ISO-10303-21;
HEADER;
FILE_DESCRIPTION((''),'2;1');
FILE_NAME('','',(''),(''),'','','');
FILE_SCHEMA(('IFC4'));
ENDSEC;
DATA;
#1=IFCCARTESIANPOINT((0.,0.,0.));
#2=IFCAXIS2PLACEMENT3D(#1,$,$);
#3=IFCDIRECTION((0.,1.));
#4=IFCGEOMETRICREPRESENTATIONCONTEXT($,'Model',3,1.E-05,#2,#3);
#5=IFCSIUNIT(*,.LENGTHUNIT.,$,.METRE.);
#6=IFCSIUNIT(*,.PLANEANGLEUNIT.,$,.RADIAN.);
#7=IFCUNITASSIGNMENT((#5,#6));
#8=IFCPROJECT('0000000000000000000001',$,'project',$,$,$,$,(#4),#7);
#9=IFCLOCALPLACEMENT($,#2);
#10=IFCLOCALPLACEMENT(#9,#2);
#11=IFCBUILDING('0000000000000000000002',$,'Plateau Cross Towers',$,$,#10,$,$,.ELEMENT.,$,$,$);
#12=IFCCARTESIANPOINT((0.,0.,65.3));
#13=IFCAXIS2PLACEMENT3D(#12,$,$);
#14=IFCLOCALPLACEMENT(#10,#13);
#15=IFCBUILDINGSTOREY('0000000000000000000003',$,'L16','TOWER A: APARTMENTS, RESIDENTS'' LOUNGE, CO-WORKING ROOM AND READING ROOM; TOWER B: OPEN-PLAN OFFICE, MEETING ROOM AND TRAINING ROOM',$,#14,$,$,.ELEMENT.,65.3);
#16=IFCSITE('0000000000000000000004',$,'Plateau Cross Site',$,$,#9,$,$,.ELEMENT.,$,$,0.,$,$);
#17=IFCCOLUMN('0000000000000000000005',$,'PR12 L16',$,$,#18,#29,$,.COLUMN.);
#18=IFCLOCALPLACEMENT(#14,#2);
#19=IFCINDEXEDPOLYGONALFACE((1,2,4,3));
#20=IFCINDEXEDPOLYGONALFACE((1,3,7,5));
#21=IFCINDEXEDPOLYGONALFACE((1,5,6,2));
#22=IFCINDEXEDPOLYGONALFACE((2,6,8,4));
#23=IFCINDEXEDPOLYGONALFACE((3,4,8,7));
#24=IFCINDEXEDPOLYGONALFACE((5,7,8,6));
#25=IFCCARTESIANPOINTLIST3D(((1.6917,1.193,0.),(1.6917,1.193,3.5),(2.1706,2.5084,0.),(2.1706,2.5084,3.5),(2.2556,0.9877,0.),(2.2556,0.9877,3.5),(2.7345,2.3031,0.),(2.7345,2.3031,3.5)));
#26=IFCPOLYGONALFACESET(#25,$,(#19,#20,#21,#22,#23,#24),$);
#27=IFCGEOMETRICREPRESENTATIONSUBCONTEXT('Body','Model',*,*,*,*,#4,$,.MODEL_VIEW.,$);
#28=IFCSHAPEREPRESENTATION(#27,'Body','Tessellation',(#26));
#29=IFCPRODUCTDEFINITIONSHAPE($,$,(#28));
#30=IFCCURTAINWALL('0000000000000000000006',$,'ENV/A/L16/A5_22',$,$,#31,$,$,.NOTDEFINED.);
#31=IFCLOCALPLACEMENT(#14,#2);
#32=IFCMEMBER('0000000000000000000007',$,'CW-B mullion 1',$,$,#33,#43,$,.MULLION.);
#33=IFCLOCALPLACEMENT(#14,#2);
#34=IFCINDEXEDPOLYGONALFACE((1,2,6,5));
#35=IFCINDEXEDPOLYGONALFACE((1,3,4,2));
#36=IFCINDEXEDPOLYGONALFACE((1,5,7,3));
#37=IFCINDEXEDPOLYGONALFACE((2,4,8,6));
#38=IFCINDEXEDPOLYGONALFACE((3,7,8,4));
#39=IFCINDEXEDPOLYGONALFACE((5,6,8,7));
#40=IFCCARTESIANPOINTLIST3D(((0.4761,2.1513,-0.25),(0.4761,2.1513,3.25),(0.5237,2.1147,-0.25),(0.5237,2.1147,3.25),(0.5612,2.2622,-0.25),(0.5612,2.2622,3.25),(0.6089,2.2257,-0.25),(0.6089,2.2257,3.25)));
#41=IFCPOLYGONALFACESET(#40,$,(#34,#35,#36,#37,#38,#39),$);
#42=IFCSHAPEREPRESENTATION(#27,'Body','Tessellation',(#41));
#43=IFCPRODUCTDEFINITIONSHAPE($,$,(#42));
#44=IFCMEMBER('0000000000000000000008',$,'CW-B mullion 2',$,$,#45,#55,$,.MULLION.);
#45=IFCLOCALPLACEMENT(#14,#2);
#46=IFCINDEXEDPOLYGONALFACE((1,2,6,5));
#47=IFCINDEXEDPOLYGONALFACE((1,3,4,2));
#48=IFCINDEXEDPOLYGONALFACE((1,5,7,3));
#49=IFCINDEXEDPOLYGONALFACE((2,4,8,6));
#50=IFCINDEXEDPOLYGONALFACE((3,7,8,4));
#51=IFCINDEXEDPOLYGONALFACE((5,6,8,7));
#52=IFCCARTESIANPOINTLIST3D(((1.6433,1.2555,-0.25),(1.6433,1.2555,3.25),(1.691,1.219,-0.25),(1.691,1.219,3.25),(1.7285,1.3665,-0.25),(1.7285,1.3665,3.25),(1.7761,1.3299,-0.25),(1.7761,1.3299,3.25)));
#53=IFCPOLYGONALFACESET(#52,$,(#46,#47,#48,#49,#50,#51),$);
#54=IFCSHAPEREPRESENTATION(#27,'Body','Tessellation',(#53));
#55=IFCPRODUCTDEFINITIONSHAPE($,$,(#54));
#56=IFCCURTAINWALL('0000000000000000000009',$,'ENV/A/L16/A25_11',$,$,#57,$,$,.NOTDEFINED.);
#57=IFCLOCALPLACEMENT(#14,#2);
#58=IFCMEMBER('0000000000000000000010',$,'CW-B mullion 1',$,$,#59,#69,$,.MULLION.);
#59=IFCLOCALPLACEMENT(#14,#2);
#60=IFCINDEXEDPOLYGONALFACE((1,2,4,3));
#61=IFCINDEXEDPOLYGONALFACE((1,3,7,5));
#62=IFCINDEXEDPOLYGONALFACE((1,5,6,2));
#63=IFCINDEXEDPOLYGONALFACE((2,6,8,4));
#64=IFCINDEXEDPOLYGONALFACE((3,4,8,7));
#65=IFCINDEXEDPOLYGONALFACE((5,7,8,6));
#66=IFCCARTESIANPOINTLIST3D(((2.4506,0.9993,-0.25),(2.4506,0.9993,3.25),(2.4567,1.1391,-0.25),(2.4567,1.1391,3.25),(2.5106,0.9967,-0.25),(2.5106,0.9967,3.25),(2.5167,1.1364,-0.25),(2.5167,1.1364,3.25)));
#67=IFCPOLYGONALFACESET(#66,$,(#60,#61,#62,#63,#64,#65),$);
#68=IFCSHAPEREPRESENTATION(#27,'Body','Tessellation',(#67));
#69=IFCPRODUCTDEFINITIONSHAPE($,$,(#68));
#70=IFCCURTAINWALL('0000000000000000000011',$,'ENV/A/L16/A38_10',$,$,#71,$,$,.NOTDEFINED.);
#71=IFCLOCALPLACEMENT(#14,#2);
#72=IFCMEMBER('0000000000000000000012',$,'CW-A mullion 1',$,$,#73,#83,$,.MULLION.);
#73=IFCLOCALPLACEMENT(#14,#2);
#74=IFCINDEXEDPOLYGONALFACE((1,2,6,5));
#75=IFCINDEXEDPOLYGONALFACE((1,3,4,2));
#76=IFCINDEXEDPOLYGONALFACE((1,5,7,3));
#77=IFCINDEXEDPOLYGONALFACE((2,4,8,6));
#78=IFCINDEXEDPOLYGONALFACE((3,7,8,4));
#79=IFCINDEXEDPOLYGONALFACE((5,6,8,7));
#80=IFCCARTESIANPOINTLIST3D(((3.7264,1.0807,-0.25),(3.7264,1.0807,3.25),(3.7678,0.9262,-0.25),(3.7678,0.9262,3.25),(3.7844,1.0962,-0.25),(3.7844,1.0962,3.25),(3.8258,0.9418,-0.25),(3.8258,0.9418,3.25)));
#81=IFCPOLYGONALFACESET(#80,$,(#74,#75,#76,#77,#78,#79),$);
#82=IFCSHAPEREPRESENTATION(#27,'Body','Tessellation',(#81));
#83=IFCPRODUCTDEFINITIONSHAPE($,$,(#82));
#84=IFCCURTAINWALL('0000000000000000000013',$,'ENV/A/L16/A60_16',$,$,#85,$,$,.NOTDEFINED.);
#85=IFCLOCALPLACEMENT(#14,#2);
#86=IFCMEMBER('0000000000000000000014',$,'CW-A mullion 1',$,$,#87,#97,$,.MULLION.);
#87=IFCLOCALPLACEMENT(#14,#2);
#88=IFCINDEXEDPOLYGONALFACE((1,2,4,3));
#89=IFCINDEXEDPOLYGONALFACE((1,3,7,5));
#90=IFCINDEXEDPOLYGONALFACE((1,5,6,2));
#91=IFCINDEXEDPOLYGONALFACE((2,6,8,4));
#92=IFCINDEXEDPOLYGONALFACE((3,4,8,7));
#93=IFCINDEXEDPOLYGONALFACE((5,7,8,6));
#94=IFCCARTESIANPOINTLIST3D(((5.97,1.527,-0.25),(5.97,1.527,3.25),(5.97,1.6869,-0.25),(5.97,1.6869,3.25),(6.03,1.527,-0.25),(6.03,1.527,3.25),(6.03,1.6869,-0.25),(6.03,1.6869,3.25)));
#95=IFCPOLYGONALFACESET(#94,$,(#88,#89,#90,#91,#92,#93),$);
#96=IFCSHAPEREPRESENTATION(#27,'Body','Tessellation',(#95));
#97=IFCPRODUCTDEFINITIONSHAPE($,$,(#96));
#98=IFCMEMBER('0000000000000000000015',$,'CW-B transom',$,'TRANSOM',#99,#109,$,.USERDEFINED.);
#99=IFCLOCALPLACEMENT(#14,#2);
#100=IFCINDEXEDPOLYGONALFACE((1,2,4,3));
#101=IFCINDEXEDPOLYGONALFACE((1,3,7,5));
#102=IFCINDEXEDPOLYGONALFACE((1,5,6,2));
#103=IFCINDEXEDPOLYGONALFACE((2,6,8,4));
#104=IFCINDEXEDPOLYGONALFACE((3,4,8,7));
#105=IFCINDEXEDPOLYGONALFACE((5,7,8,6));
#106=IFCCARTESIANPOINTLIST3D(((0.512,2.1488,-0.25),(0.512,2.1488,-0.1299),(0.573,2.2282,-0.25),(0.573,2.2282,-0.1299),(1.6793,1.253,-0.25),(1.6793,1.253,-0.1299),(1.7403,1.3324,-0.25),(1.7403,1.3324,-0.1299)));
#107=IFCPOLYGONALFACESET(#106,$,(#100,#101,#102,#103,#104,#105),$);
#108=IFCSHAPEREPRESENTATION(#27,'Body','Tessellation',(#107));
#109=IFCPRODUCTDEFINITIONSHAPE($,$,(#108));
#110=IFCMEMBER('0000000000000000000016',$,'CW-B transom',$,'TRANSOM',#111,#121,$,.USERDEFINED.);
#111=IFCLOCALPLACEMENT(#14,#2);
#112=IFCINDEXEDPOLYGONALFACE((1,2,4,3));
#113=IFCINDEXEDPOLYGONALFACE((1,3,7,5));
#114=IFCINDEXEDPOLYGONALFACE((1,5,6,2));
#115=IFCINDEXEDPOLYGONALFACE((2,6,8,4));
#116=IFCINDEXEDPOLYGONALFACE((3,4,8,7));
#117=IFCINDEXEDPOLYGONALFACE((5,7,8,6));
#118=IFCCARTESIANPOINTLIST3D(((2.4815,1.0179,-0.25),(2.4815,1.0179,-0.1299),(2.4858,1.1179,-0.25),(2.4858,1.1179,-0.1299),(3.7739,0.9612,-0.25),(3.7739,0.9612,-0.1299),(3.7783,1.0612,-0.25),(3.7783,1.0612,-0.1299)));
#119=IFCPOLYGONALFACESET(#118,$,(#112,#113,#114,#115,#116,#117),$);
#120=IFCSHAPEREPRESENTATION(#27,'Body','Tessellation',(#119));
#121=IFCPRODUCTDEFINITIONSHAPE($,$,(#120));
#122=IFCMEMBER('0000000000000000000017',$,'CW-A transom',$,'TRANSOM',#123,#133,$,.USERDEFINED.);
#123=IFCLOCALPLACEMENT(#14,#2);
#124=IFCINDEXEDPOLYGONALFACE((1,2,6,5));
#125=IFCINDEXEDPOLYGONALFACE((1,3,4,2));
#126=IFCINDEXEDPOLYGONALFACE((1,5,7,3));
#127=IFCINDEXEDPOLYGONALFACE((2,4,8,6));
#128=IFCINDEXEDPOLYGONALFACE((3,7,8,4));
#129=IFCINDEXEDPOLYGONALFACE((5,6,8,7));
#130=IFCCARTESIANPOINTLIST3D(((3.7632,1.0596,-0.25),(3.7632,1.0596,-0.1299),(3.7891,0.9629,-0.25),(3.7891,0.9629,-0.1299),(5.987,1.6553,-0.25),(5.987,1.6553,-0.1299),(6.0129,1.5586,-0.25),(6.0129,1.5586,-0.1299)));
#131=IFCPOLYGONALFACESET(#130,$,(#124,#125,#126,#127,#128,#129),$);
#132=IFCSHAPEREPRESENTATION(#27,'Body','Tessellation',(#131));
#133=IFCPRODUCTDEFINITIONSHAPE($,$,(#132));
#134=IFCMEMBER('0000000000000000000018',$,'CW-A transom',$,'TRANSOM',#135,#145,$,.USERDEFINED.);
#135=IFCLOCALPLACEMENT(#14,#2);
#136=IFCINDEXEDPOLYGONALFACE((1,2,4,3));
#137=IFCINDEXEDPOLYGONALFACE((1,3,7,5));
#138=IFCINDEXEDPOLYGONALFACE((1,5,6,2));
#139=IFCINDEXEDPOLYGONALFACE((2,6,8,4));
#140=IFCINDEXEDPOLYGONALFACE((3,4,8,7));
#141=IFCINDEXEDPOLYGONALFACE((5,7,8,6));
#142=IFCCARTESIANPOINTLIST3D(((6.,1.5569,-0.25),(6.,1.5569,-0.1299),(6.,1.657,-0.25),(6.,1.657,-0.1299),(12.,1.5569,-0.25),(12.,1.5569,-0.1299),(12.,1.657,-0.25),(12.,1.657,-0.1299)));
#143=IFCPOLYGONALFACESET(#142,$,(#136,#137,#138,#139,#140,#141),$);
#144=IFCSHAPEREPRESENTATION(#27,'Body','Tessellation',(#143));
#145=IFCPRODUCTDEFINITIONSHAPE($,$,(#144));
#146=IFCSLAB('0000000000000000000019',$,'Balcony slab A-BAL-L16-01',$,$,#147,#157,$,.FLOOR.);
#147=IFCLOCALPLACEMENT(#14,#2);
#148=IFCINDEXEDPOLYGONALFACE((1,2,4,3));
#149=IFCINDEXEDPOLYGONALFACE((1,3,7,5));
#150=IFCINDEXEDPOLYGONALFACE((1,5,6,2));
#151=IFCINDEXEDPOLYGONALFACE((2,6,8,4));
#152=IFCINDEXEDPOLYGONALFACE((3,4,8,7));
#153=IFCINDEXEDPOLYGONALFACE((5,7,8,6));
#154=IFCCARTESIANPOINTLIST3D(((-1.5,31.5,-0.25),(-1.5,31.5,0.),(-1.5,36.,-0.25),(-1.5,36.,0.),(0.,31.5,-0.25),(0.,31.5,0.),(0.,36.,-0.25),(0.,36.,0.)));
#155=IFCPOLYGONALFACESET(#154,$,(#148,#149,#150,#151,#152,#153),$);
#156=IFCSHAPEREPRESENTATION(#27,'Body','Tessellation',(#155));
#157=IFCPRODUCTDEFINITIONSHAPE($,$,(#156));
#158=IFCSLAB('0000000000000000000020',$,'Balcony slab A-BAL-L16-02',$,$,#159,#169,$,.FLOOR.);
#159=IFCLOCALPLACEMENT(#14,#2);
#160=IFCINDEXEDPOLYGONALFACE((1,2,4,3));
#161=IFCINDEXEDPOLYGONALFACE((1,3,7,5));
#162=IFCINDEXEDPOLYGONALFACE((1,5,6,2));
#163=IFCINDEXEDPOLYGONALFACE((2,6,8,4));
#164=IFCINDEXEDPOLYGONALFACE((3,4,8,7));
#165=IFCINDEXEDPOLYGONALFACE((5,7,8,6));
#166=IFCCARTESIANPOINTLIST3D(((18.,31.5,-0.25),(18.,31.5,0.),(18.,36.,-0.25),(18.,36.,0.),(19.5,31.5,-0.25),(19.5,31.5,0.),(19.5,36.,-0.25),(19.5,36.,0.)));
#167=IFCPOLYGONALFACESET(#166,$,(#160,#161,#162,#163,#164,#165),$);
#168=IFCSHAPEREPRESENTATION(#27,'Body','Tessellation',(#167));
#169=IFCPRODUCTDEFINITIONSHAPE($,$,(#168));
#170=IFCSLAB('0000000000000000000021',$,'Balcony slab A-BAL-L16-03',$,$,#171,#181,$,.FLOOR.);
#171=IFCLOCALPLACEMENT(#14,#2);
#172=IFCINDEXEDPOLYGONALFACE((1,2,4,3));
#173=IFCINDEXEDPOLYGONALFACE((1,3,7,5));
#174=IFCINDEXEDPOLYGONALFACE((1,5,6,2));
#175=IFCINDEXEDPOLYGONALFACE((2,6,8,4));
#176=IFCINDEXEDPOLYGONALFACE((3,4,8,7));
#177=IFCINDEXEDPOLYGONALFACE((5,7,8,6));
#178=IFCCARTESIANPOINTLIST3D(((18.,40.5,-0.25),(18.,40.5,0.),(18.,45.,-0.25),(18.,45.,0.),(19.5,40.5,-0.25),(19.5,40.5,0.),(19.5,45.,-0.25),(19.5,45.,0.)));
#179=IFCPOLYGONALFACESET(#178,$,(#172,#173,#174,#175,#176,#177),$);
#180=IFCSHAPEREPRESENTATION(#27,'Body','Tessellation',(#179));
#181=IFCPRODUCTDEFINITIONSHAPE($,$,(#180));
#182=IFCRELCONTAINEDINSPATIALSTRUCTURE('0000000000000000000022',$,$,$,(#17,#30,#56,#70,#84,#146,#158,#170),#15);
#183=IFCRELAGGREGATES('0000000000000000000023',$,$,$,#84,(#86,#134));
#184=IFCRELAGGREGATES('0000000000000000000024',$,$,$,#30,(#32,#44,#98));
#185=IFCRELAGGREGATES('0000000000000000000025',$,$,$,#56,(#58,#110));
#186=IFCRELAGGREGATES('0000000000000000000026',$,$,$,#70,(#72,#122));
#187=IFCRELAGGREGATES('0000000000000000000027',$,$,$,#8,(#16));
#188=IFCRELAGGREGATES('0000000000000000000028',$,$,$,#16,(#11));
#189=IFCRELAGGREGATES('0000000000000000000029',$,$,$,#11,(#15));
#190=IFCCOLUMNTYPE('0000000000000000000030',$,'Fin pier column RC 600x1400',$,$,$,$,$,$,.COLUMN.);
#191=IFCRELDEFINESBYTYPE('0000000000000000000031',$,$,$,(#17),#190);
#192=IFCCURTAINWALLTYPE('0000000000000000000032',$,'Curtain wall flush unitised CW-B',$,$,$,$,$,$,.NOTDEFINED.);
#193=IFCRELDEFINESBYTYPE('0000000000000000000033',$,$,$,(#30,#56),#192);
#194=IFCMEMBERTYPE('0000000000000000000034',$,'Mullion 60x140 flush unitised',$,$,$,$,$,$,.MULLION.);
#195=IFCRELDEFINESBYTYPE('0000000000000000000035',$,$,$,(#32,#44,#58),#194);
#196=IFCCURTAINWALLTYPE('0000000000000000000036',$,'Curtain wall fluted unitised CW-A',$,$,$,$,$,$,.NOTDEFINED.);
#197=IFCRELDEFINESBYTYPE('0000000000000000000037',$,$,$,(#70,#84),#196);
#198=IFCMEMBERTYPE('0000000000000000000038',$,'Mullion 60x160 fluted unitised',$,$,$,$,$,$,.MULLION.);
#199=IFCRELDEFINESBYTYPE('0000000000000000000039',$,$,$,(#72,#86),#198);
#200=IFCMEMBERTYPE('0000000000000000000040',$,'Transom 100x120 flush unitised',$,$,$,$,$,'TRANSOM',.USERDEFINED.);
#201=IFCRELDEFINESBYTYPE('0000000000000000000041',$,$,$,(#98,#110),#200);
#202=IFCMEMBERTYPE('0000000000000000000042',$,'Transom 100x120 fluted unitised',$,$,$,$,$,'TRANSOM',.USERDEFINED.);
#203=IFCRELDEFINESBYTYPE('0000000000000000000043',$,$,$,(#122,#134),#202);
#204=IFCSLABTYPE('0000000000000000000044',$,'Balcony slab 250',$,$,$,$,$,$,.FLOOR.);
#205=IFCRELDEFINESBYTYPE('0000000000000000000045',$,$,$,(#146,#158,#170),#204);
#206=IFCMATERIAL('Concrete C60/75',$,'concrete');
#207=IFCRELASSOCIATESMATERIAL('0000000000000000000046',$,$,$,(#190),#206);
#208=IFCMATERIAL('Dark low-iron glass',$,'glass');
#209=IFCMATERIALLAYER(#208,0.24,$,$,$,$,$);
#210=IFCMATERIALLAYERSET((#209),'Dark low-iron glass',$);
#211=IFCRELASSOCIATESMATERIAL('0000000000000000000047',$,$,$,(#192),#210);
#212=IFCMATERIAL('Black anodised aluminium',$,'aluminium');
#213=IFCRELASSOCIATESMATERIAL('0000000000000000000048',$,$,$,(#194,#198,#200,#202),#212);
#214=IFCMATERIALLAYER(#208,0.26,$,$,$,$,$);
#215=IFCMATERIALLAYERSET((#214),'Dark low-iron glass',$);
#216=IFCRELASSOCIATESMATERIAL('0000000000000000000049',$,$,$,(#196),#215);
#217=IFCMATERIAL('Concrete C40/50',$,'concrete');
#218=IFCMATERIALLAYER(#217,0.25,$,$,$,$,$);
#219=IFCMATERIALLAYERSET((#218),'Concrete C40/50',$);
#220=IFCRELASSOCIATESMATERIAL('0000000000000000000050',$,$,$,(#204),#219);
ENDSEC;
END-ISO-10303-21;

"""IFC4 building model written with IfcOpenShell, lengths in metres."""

from ifc_helpers import new_model, si_unit, direction, frame, origin, origin_2d, place, context, subcontext, project, spatial, polyline, rectangle, outline, extrude, material, layer, layer_set, material_profile, profile_set, type_object, element, aggregate, save


model = new_model("IFC4")

# Units and contexts
model_context = context("Model", 3, precision=1e-05, world=origin(), true_north=direction((0.0, 1.0)))
body_context = subcontext(model_context, "Body", "Model", "MODEL_VIEW")
ifc_project = project(units=[si_unit("LENGTHUNIT", "METRE"), si_unit("PLANEANGLEUNIT", "RADIAN")], contexts=[model_context])

# Site, building, storey
site_placement = place(None, origin())
site = spatial("IfcSite", under=ifc_project, at=site_placement, Name="Plateau Cross Site", CompositionType="ELEMENT", RefElevation=0.0)
building_placement = place(site_placement, origin())
building = spatial("IfcBuilding", under=site, at=building_placement, Name="Plateau Cross Towers", CompositionType="ELEMENT")
storey_placement = place(building_placement, frame((0.0, 0.0, 65.3)))
storey = spatial("IfcBuildingStorey", under=building, at=storey_placement, Name="L16", Description="TOWER A: APARTMENTS, RESIDENTS' LOUNGE, CO-WORKING ROOM AND READING ROOM; TOWER B: OPEN-PLAN OFFICE, MEETING ROOM AND TRAINING ROOM", CompositionType="ELEMENT", Elevation=65.3)

# Column
ifc_material_1 = material(Name="Concrete C60/75", Category="concrete")
ifc_material_profile_1 = material_profile(ifc_material_1, rectangle(XDim=0.6001, YDim=1.3999, at=origin_2d()), Name="RC 600x1400")
ifc_profile_set_1 = profile_set([ifc_material_profile_1], Name="Concrete C60/75")
column_type = type_object("IfcColumnType", Name="Fin pier column RC 600x1400", PredefinedType="COLUMN", material=ifc_profile_set_1)
column_placement = place(storey_placement, frame((2.2131, 1.748, 0.0), z_axis=(0.0, 0.0, 1.0), x_axis=(-0.939664, 0.342098, 0.0)))
element("IfcColumn", 1, at=column_placement, inside=storey, type_object=column_type, Name="PR12 L16", PredefinedType="COLUMN", context=body_context, shape_type="SweptSolid", body=[
    extrude(rectangle(XDim=0.6001, YDim=1.3999, at=origin_2d()), origin(), (0.0, 0.0, 1.0), 3.5),
])

# Curtain wall, members
ifc_material_2 = material(Name="Dark low-iron glass", Category="glass")
ifc_layer_1 = layer(ifc_material_2, 0.24)
ifc_layer_set_1 = layer_set([ifc_layer_1], Name="Dark low-iron glass")
curtain_wall_type_1 = type_object("IfcCurtainWallType", Name="Curtain wall flush unitised CW-B", PredefinedType="NOTDEFINED", material=ifc_layer_set_1)
curtain_wall_1_placement = place(storey_placement, origin())
curtain_wall_1 = element("IfcCurtainWall", 2, at=curtain_wall_1_placement, inside=storey, type_object=curtain_wall_type_1, Name="ENV/A/L16/A5_22", PredefinedType="NOTDEFINED")
ifc_material_3 = material(Name="Black anodised aluminium", Category="aluminium")
ifc_material_profile_2 = material_profile(ifc_material_3, rectangle(XDim=0.0601, YDim=0.1399, at=origin_2d()), Name="MULLION 60x140")
ifc_profile_set_2 = profile_set([ifc_material_profile_2], Name="Black anodised aluminium")
member_type_1 = type_object("IfcMemberType", Name="Mullion 60x140 flush unitised", PredefinedType="MULLION", material=ifc_profile_set_2)
member_1_placement = place(storey_placement, frame((0.5425, 2.1885, -0.25), z_axis=(0.0, 0.0, 1.0), x_axis=(0.793316, -0.608811, 0.0)))
member_1 = element("IfcMember", 3, at=member_1_placement, type_object=member_type_1, Name="CW-B mullion 1", PredefinedType="MULLION", context=body_context, shape_type="SweptSolid", body=[
    extrude(rectangle(XDim=0.0601, YDim=0.1399, at=origin_2d()), origin(), (0.0, 0.0, 1.0), 3.5),
])
member_2_placement = place(storey_placement, frame((1.7097, 1.2927, -0.25), z_axis=(0.0, 0.0, 1.0), x_axis=(0.793316, -0.608811, 0.0)))
member_2 = element("IfcMember", 4, at=member_2_placement, type_object=member_type_1, Name="CW-B mullion 2", PredefinedType="MULLION", context=body_context, shape_type="SweptSolid", body=[
    extrude(rectangle(XDim=0.0601, YDim=0.1399, at=origin_2d()), origin(), (0.0, 0.0, 1.0), 3.5),
])

# Curtain walls, members
curtain_wall_2_placement = place(storey_placement, origin())
curtain_wall_2 = element("IfcCurtainWall", 5, at=curtain_wall_2_placement, inside=storey, type_object=curtain_wall_type_1, Name="ENV/A/L16/A25_11", PredefinedType="NOTDEFINED")
member_3_placement = place(storey_placement, frame((2.4836, 1.0679, -0.25), z_axis=(0.0, 0.0, 1.0), x_axis=(0.999044, -0.043723, 0.0)))
member_3 = element("IfcMember", 6, at=member_3_placement, type_object=member_type_1, Name="CW-B mullion 1", PredefinedType="MULLION", context=body_context, shape_type="SweptSolid", body=[
    extrude(rectangle(XDim=0.0601, YDim=0.1399, at=origin_2d()), origin(), (0.0, 0.0, 1.0), 3.5),
])
ifc_layer_2 = layer(ifc_material_2, 0.26)
ifc_layer_set_2 = layer_set([ifc_layer_2], Name="Dark low-iron glass")
curtain_wall_type_2 = type_object("IfcCurtainWallType", Name="Curtain wall fluted unitised CW-A", PredefinedType="NOTDEFINED", material=ifc_layer_set_2)
curtain_wall_3_placement = place(storey_placement, origin())
curtain_wall_3 = element("IfcCurtainWall", 7, at=curtain_wall_3_placement, inside=storey, type_object=curtain_wall_type_2, Name="ENV/A/L16/A38_10", PredefinedType="NOTDEFINED")
ifc_material_profile_3 = material_profile(ifc_material_3, rectangle(XDim=0.0601, YDim=0.1599, at=origin_2d()), Name="MULLION 60x160")
ifc_profile_set_3 = profile_set([ifc_material_profile_3], Name="Black anodised aluminium")
member_type_2 = type_object("IfcMemberType", Name="Mullion 60x160 fluted unitised", PredefinedType="MULLION", material=ifc_profile_set_3)
member_4_placement = place(storey_placement, frame((3.7761, 1.0112, -0.25), z_axis=(0.0, 0.0, 1.0), x_axis=(0.965958, 0.258699, 0.0)))
member_4 = element("IfcMember", 8, at=member_4_placement, type_object=member_type_2, Name="CW-A mullion 1", PredefinedType="MULLION", context=body_context, shape_type="SweptSolid", body=[
    extrude(rectangle(XDim=0.0601, YDim=0.1599, at=origin_2d()), origin(), (0.0, 0.0, 1.0), 3.5),
])
curtain_wall_4_placement = place(storey_placement, origin())
curtain_wall_4 = element("IfcCurtainWall", 9, at=curtain_wall_4_placement, inside=storey, type_object=curtain_wall_type_2, Name="ENV/A/L16/A60_16", PredefinedType="NOTDEFINED")
member_5_placement = place(storey_placement, frame((6.0, 1.6069, -0.25), z_axis=(0.0, 0.0, 1.0), x_axis=(1.0, 0.0, 0.0)))
member_5 = element("IfcMember", 10, at=member_5_placement, type_object=member_type_2, Name="CW-A mullion 1", PredefinedType="MULLION", context=body_context, shape_type="SweptSolid", body=[
    extrude(rectangle(XDim=0.0601, YDim=0.1599, at=origin_2d()), origin(), (0.0, 0.0, 1.0), 3.5),
])

# Members
ifc_material_profile_4 = material_profile(ifc_material_3, rectangle(XDim=0.1001, YDim=0.1201, at=origin_2d()), Name="TRANSOM 100x120")
ifc_profile_set_4 = profile_set([ifc_material_profile_4], Name="Black anodised aluminium")
member_type_3 = type_object("IfcMemberType", Name="Transom 100x120 flush unitised", ElementType="TRANSOM", PredefinedType="USERDEFINED", material=ifc_profile_set_4)
member_6_placement = place(storey_placement, frame((0.5425, 2.1885, -0.1899), z_axis=(0.793321, -0.608804, 0.0), x_axis=(0.608804, 0.793321, 0.0)))
member_6 = element("IfcMember", 11, at=member_6_placement, type_object=member_type_3, Name="CW-B transom", ObjectType="TRANSOM", PredefinedType="USERDEFINED", context=body_context, shape_type="SweptSolid", body=[
    extrude(rectangle(XDim=0.1001, YDim=0.1201, at=origin_2d()), origin(), (0.0, 0.0, 1.0), 1.4714),
])
member_7_placement = place(storey_placement, frame((2.4836, 1.0679, -0.1899), z_axis=(0.999041, -0.043781, 0.0), x_axis=(0.043781, 0.999041, 0.0)))
member_7 = element("IfcMember", 12, at=member_7_placement, type_object=member_type_3, Name="CW-B transom", ObjectType="TRANSOM", PredefinedType="USERDEFINED", context=body_context, shape_type="SweptSolid", body=[
    extrude(rectangle(XDim=0.1001, YDim=0.1201, at=origin_2d()), origin(), (0.0, 0.0, 1.0), 1.2937),
])
ifc_material_profile_5 = material_profile(ifc_material_3, rectangle(XDim=0.1001, YDim=0.1201, at=origin_2d()), Name="TRANSOM 100x120")
ifc_profile_set_5 = profile_set([ifc_material_profile_5], Name="Black anodised aluminium")
member_type_4 = type_object("IfcMemberType", Name="Transom 100x120 fluted unitised", ElementType="TRANSOM", PredefinedType="USERDEFINED", material=ifc_profile_set_5)
member_8_placement = place(storey_placement, frame((3.7761, 1.0112, -0.1899), z_axis=(0.965946, 0.258745, 0.0), x_axis=(-0.258745, 0.965946, 0.0)))
member_8 = element("IfcMember", 13, at=member_8_placement, type_object=member_type_4, Name="CW-A transom", ObjectType="TRANSOM", PredefinedType="USERDEFINED", context=body_context, shape_type="SweptSolid", body=[
    extrude(rectangle(XDim=0.1001, YDim=0.1201, at=origin_2d()), origin(), (0.0, 0.0, 1.0), 2.3022),
])
member_9_placement = place(storey_placement, frame((6.0, 1.6069, -0.1899), z_axis=(1.0, 0.0, 0.0), x_axis=(0.0, 1.0, 0.0)))
member_9 = element("IfcMember", 14, at=member_9_placement, type_object=member_type_4, Name="CW-A transom", ObjectType="TRANSOM", PredefinedType="USERDEFINED", context=body_context, shape_type="SweptSolid", body=[
    extrude(rectangle(XDim=0.1001, YDim=0.1201, at=origin_2d()), origin(), (0.0, 0.0, 1.0), 6.0),
])
aggregate(curtain_wall_4, [member_5, member_9])

# Slabs
ifc_material_4 = material(Name="Concrete C40/50", Category="concrete")
ifc_layer_3 = layer(ifc_material_4, 0.25)
ifc_layer_set_3 = layer_set([ifc_layer_3], Name="Concrete C40/50")
slab_type_1 = type_object("IfcSlabType", Name="Balcony slab 250", PredefinedType="FLOOR", material=ifc_layer_set_3)
slab_1_placement = place(storey_placement, frame((0.0, 0.0, -0.25)))
element("IfcSlab", 15, at=slab_1_placement, inside=storey, type_object=slab_type_1, Name="Balcony slab A-BAL-L16-01", PredefinedType="FLOOR", context=body_context, shape_type="SweptSolid", body=[
    extrude(outline(polyline([(0.0, 31.5), (0.0, 36.0), (-1.5, 36.0), (-1.5, 31.5), (0.0, 31.5)])), origin(), (0.0, 0.0, 1.0), 0.25),
])
slab_2_placement = place(storey_placement, frame((0.0, 0.0, -0.25)))
element("IfcSlab", 16, at=slab_2_placement, inside=storey, type_object=slab_type_1, Name="Balcony slab A-BAL-L16-02", PredefinedType="FLOOR", context=body_context, shape_type="SweptSolid", body=[
    extrude(outline(polyline([(19.5, 31.5), (19.5, 36.0), (18.0, 36.0), (18.0, 31.5), (19.5, 31.5)])), origin(), (0.0, 0.0, 1.0), 0.25),
])
slab_3_placement = place(storey_placement, frame((0.0, 0.0, -0.25)))
element("IfcSlab", 17, at=slab_3_placement, inside=storey, type_object=slab_type_1, Name="Balcony slab A-BAL-L16-03", PredefinedType="FLOOR", context=body_context, shape_type="SweptSolid", body=[
    extrude(outline(polyline([(19.5, 40.5), (19.5, 45.0), (18.0, 45.0), (18.0, 40.5), (19.5, 40.5)])), origin(), (0.0, 0.0, 1.0), 0.25),
])

aggregate(curtain_wall_1, [member_1, member_2, member_6])
aggregate(curtain_wall_2, [member_3, member_7])
aggregate(curtain_wall_3, [member_4, member_8])

save(model, "model.ifc")
